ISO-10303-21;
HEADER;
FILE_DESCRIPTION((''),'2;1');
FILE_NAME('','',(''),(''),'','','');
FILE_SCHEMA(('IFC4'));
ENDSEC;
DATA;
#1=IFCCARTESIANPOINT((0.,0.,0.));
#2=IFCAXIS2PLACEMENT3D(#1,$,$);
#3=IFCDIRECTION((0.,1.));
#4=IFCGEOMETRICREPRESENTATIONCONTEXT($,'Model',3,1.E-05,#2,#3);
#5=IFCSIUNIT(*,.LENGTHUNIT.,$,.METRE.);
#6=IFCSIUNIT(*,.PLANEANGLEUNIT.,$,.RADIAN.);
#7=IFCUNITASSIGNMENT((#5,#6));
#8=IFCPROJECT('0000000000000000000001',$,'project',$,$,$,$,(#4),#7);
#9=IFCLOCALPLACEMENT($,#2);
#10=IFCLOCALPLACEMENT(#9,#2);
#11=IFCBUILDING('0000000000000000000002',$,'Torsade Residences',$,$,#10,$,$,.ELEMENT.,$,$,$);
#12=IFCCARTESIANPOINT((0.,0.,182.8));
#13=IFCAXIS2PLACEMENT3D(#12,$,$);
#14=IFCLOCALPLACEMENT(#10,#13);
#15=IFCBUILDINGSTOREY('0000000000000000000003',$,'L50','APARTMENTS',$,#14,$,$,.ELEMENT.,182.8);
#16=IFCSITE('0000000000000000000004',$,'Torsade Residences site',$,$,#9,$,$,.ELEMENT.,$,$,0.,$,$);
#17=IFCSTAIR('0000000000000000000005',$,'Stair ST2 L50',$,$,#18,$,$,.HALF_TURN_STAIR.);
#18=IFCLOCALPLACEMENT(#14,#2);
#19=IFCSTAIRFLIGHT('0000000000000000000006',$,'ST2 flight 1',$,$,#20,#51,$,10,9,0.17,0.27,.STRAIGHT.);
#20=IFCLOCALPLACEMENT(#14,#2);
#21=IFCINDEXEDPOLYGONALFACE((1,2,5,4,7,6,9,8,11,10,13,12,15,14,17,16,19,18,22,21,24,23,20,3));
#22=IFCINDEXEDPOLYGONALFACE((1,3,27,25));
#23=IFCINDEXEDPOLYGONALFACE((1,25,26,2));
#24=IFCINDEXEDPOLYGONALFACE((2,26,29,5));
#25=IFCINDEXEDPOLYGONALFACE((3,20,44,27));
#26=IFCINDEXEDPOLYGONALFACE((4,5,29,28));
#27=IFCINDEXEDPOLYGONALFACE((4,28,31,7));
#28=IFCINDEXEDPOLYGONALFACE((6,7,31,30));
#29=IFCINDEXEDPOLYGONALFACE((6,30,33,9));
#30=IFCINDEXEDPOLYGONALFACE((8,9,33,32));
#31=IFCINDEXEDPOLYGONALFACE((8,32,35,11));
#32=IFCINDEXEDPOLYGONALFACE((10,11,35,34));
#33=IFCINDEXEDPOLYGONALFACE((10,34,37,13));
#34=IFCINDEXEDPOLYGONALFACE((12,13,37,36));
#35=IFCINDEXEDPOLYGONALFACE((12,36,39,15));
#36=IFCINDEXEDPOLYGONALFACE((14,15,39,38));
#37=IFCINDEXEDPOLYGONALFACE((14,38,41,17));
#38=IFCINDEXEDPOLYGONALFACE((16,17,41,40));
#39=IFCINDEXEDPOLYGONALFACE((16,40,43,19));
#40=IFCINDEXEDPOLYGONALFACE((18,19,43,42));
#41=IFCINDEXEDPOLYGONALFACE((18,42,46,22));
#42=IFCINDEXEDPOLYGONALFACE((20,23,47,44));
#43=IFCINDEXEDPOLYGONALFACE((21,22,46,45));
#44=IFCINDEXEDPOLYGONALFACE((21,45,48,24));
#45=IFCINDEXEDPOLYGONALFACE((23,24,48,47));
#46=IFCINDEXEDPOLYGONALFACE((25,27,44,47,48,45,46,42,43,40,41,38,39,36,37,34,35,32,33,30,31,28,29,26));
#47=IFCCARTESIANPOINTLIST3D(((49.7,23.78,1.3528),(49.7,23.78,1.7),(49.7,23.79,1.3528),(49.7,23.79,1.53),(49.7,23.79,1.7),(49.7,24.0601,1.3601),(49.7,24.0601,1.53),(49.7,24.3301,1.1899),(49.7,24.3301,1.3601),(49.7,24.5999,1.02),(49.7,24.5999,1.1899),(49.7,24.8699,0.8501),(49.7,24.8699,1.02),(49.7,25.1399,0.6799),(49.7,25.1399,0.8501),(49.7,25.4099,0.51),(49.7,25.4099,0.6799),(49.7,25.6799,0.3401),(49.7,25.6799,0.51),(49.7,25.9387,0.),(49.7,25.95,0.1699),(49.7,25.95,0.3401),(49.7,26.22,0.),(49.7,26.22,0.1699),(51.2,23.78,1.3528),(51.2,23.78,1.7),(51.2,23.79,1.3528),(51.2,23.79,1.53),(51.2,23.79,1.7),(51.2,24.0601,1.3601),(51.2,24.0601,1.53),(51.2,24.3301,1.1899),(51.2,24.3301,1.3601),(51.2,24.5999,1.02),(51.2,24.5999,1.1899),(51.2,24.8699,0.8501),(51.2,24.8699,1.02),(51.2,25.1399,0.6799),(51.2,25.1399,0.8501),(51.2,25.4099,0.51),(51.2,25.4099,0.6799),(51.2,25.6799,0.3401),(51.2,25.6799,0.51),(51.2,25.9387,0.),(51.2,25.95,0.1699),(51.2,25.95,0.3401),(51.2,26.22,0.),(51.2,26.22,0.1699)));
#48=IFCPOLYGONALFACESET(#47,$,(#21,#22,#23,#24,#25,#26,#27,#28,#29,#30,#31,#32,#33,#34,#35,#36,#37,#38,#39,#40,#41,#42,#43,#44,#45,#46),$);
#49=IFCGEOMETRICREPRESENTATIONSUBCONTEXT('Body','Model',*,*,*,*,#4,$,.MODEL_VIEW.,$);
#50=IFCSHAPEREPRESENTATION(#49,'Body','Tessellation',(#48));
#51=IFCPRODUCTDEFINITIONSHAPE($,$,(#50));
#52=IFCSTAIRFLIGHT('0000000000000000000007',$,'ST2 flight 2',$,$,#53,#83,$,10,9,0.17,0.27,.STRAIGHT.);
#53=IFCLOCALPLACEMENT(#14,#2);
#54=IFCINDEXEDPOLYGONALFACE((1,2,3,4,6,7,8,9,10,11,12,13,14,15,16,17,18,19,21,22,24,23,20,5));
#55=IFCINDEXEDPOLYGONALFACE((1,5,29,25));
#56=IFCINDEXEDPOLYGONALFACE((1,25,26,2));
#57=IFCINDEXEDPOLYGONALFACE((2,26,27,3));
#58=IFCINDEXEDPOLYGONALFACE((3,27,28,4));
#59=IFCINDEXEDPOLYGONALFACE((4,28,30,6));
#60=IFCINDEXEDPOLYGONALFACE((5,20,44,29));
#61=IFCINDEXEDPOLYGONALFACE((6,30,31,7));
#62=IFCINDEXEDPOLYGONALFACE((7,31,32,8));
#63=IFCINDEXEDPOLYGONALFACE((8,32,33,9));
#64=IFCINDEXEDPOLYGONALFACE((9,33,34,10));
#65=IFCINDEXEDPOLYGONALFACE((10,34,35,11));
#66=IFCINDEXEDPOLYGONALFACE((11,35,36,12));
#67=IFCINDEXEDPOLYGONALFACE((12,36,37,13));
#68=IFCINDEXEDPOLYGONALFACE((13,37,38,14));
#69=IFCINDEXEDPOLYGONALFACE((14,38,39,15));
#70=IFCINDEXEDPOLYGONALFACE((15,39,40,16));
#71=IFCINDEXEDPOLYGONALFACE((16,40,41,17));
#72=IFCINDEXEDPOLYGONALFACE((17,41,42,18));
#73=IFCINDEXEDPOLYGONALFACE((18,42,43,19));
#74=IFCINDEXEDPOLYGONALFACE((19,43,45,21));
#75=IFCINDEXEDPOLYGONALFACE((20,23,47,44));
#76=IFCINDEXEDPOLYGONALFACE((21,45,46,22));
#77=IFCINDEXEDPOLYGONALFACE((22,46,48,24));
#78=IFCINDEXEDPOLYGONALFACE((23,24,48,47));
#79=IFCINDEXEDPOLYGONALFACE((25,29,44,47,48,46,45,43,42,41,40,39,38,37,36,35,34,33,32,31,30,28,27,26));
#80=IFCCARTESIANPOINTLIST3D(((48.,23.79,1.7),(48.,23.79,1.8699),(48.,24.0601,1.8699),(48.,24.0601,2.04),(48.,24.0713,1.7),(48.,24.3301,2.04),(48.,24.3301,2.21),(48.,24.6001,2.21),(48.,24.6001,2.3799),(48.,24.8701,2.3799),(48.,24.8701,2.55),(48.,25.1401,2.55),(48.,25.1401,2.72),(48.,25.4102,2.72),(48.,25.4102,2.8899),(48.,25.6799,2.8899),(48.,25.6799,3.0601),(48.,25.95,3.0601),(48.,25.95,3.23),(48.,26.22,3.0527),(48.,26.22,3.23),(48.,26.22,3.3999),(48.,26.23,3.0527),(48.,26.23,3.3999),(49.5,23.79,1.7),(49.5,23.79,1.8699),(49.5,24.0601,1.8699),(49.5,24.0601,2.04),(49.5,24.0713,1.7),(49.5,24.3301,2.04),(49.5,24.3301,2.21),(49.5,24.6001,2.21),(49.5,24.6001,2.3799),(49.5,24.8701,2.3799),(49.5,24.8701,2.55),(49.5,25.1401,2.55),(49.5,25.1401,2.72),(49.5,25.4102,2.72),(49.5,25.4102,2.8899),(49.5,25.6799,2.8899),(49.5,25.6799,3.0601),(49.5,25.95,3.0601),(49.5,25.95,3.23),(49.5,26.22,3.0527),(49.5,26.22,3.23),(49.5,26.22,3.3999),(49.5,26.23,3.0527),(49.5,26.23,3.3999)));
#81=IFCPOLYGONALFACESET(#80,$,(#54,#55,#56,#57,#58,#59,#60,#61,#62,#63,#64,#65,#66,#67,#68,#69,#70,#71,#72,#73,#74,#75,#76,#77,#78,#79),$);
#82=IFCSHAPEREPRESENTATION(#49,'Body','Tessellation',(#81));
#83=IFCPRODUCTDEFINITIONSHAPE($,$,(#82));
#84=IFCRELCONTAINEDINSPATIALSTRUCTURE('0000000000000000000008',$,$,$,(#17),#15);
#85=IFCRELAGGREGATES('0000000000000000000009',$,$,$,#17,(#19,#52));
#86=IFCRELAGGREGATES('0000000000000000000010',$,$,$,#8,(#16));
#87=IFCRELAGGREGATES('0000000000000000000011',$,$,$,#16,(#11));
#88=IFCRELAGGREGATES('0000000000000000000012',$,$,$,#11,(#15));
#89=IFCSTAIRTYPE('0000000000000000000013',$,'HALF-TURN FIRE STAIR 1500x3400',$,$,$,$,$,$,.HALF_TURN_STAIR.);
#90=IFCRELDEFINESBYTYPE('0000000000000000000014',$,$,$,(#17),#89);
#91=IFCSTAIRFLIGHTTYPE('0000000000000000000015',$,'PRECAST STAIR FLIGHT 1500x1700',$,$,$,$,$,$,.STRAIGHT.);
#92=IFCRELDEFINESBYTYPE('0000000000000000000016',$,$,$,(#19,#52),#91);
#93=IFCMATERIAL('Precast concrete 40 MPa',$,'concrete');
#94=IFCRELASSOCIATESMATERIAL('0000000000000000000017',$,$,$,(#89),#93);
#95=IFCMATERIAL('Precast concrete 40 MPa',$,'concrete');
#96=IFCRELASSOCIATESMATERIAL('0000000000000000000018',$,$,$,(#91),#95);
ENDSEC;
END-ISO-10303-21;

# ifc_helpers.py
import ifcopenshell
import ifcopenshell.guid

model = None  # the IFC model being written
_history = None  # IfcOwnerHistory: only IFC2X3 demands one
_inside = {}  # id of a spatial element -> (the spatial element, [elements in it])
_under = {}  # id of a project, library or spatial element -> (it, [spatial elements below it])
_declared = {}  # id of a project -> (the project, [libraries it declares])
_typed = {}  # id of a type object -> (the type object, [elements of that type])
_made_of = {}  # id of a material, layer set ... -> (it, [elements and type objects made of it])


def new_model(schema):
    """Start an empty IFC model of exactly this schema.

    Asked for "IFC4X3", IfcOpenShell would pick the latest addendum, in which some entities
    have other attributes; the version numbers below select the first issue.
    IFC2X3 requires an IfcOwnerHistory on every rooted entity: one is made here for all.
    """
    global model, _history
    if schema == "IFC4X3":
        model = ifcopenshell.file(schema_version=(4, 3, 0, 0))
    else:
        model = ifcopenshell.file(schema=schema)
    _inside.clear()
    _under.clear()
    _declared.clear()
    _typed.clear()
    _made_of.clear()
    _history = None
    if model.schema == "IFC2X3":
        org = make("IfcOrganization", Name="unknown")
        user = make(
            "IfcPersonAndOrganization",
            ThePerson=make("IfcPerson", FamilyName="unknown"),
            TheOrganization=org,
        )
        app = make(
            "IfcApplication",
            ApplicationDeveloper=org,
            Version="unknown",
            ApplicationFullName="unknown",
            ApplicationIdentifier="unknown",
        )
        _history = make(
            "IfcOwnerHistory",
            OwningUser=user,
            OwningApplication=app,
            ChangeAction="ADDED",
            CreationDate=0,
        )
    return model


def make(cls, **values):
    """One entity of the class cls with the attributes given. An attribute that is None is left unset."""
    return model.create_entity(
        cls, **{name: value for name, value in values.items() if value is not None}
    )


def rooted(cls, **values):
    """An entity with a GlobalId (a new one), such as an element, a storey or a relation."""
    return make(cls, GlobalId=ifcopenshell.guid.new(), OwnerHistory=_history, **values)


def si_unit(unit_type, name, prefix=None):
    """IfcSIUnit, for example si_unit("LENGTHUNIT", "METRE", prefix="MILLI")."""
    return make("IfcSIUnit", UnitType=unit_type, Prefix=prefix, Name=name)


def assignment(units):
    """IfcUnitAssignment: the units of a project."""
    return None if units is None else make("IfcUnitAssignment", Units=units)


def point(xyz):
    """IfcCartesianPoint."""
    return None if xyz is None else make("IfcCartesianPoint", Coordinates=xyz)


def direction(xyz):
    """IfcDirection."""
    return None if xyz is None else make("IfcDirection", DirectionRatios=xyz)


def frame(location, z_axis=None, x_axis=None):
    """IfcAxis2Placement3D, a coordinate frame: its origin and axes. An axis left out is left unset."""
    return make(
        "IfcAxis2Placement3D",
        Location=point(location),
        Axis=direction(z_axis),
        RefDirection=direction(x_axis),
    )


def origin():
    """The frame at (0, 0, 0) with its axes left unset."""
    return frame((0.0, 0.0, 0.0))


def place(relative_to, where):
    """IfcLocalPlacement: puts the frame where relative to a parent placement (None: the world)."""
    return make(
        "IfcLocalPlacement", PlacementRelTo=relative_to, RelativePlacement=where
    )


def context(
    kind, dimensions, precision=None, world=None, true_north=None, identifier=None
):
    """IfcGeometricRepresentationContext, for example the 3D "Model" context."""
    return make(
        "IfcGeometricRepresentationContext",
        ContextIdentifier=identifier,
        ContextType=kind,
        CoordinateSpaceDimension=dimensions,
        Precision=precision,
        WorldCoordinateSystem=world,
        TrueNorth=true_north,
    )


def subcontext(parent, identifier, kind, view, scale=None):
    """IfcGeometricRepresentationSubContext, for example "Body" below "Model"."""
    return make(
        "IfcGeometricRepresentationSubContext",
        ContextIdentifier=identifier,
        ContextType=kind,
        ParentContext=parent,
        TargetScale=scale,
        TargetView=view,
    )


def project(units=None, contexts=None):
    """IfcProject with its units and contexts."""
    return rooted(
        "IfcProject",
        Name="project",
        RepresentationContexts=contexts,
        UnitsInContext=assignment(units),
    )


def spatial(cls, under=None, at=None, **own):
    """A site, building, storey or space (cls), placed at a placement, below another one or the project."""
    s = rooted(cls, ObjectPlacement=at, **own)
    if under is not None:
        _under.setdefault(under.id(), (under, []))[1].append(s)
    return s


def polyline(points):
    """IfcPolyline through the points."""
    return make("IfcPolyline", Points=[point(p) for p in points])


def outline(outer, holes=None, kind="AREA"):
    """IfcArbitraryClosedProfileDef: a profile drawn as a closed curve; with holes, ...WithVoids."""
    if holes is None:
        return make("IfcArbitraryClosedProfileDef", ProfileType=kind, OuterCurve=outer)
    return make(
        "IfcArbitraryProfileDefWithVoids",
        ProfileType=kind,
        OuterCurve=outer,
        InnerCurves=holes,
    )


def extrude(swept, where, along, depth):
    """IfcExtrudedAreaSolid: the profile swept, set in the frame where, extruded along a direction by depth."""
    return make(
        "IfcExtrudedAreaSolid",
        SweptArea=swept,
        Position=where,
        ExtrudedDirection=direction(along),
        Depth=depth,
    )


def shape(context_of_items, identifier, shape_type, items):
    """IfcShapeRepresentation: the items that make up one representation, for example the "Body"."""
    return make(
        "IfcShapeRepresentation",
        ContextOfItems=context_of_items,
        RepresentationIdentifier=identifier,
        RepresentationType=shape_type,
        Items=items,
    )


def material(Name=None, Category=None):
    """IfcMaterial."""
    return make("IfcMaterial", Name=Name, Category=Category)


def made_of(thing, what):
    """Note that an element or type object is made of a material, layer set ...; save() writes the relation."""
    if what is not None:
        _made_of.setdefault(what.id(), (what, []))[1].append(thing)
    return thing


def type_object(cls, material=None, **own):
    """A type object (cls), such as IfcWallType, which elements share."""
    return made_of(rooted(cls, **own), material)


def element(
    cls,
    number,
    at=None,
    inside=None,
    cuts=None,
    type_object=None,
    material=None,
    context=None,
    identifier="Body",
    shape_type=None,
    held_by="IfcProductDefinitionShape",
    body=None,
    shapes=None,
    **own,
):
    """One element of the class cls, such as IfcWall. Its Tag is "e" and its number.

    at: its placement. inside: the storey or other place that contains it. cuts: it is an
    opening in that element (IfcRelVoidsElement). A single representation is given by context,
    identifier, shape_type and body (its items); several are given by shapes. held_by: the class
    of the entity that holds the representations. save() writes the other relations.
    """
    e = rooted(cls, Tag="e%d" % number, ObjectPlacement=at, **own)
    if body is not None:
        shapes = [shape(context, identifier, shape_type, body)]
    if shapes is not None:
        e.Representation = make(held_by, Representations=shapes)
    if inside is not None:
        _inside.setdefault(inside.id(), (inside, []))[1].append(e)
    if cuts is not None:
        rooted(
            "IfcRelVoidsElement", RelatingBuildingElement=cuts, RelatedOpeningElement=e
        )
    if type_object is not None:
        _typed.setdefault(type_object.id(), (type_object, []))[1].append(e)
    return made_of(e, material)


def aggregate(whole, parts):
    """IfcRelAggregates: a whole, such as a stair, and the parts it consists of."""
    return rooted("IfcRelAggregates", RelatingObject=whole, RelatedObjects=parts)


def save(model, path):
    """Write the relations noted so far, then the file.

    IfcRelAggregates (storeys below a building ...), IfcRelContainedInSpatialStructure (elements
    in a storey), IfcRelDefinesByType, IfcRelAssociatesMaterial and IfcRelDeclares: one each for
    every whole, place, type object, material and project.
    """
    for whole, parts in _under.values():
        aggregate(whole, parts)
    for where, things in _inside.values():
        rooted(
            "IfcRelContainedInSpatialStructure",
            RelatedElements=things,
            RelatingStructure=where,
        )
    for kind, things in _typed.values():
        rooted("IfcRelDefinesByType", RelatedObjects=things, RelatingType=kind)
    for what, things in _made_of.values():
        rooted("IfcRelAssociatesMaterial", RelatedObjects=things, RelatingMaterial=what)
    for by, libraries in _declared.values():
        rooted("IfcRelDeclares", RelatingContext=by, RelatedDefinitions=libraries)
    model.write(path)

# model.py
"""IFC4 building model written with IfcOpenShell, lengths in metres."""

from ifc_helpers import new_model, si_unit, direction, frame, origin, place, context, subcontext, project, spatial, polyline, outline, extrude, material, type_object, element, aggregate, save


model = new_model("IFC4")

# Units and contexts
model_context = context("Model", 3, precision=1e-05, world=origin(), true_north=direction((0.0, 1.0)))
body_context = subcontext(model_context, "Body", "Model", "MODEL_VIEW")
ifc_project = project(units=[si_unit("LENGTHUNIT", "METRE"), si_unit("PLANEANGLEUNIT", "RADIAN")], contexts=[model_context])

# Site, building, storey
site_placement = place(None, origin())
site = spatial("IfcSite", under=ifc_project, at=site_placement, Name="Torsade Residences site", CompositionType="ELEMENT", RefElevation=0.0)
building_placement = place(site_placement, origin())
building = spatial("IfcBuilding", under=site, at=building_placement, Name="Torsade Residences", CompositionType="ELEMENT")
storey_placement = place(building_placement, frame((0.0, 0.0, 182.8)))
storey = spatial("IfcBuildingStorey", under=building, at=storey_placement, Name="L50", Description="APARTMENTS", CompositionType="ELEMENT", Elevation=182.8)

# Stair, stair flights
ifc_material_1 = material(Name="Precast concrete 40 MPa", Category="concrete")
stair_type = type_object("IfcStairType", Name="HALF-TURN FIRE STAIR 1500x3400", PredefinedType="HALF_TURN_STAIR", material=ifc_material_1)
stair_placement = place(storey_placement, origin())
stair = element("IfcStair", 1, at=stair_placement, inside=storey, type_object=stair_type, Name="Stair ST2 L50", PredefinedType="HALF_TURN_STAIR")
ifc_material_2 = material(Name="Precast concrete 40 MPa", Category="concrete")
stair_flight_type = type_object("IfcStairFlightType", Name="PRECAST STAIR FLIGHT 1500x1700", PredefinedType="STRAIGHT", material=ifc_material_2)
stair_flight_1_placement = place(storey_placement, frame((50.45, 26.22, 0.0), z_axis=(0.0, 0.0, 1.0), x_axis=(0.0, -1.0, 0.0)))
stair_flight_1 = element("IfcStairFlight", 2, at=stair_flight_1_placement, type_object=stair_flight_type, Name="ST2 flight 1", NumberOfRisers=10, NumberOfTreads=9, PredefinedType="STRAIGHT", RiserHeight=0.17, TreadLength=0.27, context=body_context, shape_type="SweptSolid", body=[
    extrude(outline(polyline([(0.0, 0.0), (0.0, 0.1699), (0.27, 0.1699), (0.27, 0.3401), (0.54, 0.3401), (0.54, 0.51), (0.8101, 0.51), (0.8101, 0.6799), (1.0801, 0.6799), (1.0801, 0.8501), (1.3501, 0.8501), (1.3501, 1.02), (1.6201, 1.02), (1.6201, 1.1899), (1.8899, 1.1899), (1.8899, 1.3601), (2.1599, 1.3601), (2.1599, 1.53), (2.4299, 1.53), (2.4299, 1.7), (2.4399, 1.7), (2.4399, 1.3528), (2.4299, 1.3528), (0.2812, 0.0), (0.0, 0.0)])), frame((0.0, 0.75, 0.0), z_axis=(0.0, -1.0, 0.0), x_axis=(1.0, 0.0, 0.0)), (0.0, 0.0, 1.0), 1.5),
])
stair_flight_2_placement = place(storey_placement, frame((48.75, 23.79, 1.7), z_axis=(0.0, 0.0, 1.0), x_axis=(0.0, 1.0, 0.0)))
stair_flight_2 = element("IfcStairFlight", 3, at=stair_flight_2_placement, type_object=stair_flight_type, Name="ST2 flight 2", NumberOfRisers=10, NumberOfTreads=9, PredefinedType="STRAIGHT", RiserHeight=0.17, TreadLength=0.27, context=body_context, shape_type="SweptSolid", body=[
    extrude(outline(polyline([(0.0, 0.0), (0.0, 0.1699), (0.27, 0.1699), (0.27, 0.3401), (0.54, 0.3401), (0.54, 0.51), (0.8101, 0.51), (0.8101, 0.6799), (1.0801, 0.6799), (1.0801, 0.8501), (1.3501, 0.8501), (1.3501, 1.02), (1.6201, 1.02), (1.6201, 1.1899), (1.8899, 1.1899), (1.8899, 1.3601), (2.1599, 1.3601), (2.1599, 1.53), (2.4299, 1.53), (2.4299, 1.7), (2.4399, 1.7), (2.4399, 1.3528), (2.4299, 1.3528), (0.2812, 0.0), (0.0, 0.0)])), frame((0.0, 0.75, 0.0), z_axis=(0.0, -1.0, 0.0), x_axis=(1.0, 0.0, 0.0)), (0.0, 0.0, 1.0), 1.5),
])
aggregate(stair, [stair_flight_1, stair_flight_2])

save(model, "model.ifc")
